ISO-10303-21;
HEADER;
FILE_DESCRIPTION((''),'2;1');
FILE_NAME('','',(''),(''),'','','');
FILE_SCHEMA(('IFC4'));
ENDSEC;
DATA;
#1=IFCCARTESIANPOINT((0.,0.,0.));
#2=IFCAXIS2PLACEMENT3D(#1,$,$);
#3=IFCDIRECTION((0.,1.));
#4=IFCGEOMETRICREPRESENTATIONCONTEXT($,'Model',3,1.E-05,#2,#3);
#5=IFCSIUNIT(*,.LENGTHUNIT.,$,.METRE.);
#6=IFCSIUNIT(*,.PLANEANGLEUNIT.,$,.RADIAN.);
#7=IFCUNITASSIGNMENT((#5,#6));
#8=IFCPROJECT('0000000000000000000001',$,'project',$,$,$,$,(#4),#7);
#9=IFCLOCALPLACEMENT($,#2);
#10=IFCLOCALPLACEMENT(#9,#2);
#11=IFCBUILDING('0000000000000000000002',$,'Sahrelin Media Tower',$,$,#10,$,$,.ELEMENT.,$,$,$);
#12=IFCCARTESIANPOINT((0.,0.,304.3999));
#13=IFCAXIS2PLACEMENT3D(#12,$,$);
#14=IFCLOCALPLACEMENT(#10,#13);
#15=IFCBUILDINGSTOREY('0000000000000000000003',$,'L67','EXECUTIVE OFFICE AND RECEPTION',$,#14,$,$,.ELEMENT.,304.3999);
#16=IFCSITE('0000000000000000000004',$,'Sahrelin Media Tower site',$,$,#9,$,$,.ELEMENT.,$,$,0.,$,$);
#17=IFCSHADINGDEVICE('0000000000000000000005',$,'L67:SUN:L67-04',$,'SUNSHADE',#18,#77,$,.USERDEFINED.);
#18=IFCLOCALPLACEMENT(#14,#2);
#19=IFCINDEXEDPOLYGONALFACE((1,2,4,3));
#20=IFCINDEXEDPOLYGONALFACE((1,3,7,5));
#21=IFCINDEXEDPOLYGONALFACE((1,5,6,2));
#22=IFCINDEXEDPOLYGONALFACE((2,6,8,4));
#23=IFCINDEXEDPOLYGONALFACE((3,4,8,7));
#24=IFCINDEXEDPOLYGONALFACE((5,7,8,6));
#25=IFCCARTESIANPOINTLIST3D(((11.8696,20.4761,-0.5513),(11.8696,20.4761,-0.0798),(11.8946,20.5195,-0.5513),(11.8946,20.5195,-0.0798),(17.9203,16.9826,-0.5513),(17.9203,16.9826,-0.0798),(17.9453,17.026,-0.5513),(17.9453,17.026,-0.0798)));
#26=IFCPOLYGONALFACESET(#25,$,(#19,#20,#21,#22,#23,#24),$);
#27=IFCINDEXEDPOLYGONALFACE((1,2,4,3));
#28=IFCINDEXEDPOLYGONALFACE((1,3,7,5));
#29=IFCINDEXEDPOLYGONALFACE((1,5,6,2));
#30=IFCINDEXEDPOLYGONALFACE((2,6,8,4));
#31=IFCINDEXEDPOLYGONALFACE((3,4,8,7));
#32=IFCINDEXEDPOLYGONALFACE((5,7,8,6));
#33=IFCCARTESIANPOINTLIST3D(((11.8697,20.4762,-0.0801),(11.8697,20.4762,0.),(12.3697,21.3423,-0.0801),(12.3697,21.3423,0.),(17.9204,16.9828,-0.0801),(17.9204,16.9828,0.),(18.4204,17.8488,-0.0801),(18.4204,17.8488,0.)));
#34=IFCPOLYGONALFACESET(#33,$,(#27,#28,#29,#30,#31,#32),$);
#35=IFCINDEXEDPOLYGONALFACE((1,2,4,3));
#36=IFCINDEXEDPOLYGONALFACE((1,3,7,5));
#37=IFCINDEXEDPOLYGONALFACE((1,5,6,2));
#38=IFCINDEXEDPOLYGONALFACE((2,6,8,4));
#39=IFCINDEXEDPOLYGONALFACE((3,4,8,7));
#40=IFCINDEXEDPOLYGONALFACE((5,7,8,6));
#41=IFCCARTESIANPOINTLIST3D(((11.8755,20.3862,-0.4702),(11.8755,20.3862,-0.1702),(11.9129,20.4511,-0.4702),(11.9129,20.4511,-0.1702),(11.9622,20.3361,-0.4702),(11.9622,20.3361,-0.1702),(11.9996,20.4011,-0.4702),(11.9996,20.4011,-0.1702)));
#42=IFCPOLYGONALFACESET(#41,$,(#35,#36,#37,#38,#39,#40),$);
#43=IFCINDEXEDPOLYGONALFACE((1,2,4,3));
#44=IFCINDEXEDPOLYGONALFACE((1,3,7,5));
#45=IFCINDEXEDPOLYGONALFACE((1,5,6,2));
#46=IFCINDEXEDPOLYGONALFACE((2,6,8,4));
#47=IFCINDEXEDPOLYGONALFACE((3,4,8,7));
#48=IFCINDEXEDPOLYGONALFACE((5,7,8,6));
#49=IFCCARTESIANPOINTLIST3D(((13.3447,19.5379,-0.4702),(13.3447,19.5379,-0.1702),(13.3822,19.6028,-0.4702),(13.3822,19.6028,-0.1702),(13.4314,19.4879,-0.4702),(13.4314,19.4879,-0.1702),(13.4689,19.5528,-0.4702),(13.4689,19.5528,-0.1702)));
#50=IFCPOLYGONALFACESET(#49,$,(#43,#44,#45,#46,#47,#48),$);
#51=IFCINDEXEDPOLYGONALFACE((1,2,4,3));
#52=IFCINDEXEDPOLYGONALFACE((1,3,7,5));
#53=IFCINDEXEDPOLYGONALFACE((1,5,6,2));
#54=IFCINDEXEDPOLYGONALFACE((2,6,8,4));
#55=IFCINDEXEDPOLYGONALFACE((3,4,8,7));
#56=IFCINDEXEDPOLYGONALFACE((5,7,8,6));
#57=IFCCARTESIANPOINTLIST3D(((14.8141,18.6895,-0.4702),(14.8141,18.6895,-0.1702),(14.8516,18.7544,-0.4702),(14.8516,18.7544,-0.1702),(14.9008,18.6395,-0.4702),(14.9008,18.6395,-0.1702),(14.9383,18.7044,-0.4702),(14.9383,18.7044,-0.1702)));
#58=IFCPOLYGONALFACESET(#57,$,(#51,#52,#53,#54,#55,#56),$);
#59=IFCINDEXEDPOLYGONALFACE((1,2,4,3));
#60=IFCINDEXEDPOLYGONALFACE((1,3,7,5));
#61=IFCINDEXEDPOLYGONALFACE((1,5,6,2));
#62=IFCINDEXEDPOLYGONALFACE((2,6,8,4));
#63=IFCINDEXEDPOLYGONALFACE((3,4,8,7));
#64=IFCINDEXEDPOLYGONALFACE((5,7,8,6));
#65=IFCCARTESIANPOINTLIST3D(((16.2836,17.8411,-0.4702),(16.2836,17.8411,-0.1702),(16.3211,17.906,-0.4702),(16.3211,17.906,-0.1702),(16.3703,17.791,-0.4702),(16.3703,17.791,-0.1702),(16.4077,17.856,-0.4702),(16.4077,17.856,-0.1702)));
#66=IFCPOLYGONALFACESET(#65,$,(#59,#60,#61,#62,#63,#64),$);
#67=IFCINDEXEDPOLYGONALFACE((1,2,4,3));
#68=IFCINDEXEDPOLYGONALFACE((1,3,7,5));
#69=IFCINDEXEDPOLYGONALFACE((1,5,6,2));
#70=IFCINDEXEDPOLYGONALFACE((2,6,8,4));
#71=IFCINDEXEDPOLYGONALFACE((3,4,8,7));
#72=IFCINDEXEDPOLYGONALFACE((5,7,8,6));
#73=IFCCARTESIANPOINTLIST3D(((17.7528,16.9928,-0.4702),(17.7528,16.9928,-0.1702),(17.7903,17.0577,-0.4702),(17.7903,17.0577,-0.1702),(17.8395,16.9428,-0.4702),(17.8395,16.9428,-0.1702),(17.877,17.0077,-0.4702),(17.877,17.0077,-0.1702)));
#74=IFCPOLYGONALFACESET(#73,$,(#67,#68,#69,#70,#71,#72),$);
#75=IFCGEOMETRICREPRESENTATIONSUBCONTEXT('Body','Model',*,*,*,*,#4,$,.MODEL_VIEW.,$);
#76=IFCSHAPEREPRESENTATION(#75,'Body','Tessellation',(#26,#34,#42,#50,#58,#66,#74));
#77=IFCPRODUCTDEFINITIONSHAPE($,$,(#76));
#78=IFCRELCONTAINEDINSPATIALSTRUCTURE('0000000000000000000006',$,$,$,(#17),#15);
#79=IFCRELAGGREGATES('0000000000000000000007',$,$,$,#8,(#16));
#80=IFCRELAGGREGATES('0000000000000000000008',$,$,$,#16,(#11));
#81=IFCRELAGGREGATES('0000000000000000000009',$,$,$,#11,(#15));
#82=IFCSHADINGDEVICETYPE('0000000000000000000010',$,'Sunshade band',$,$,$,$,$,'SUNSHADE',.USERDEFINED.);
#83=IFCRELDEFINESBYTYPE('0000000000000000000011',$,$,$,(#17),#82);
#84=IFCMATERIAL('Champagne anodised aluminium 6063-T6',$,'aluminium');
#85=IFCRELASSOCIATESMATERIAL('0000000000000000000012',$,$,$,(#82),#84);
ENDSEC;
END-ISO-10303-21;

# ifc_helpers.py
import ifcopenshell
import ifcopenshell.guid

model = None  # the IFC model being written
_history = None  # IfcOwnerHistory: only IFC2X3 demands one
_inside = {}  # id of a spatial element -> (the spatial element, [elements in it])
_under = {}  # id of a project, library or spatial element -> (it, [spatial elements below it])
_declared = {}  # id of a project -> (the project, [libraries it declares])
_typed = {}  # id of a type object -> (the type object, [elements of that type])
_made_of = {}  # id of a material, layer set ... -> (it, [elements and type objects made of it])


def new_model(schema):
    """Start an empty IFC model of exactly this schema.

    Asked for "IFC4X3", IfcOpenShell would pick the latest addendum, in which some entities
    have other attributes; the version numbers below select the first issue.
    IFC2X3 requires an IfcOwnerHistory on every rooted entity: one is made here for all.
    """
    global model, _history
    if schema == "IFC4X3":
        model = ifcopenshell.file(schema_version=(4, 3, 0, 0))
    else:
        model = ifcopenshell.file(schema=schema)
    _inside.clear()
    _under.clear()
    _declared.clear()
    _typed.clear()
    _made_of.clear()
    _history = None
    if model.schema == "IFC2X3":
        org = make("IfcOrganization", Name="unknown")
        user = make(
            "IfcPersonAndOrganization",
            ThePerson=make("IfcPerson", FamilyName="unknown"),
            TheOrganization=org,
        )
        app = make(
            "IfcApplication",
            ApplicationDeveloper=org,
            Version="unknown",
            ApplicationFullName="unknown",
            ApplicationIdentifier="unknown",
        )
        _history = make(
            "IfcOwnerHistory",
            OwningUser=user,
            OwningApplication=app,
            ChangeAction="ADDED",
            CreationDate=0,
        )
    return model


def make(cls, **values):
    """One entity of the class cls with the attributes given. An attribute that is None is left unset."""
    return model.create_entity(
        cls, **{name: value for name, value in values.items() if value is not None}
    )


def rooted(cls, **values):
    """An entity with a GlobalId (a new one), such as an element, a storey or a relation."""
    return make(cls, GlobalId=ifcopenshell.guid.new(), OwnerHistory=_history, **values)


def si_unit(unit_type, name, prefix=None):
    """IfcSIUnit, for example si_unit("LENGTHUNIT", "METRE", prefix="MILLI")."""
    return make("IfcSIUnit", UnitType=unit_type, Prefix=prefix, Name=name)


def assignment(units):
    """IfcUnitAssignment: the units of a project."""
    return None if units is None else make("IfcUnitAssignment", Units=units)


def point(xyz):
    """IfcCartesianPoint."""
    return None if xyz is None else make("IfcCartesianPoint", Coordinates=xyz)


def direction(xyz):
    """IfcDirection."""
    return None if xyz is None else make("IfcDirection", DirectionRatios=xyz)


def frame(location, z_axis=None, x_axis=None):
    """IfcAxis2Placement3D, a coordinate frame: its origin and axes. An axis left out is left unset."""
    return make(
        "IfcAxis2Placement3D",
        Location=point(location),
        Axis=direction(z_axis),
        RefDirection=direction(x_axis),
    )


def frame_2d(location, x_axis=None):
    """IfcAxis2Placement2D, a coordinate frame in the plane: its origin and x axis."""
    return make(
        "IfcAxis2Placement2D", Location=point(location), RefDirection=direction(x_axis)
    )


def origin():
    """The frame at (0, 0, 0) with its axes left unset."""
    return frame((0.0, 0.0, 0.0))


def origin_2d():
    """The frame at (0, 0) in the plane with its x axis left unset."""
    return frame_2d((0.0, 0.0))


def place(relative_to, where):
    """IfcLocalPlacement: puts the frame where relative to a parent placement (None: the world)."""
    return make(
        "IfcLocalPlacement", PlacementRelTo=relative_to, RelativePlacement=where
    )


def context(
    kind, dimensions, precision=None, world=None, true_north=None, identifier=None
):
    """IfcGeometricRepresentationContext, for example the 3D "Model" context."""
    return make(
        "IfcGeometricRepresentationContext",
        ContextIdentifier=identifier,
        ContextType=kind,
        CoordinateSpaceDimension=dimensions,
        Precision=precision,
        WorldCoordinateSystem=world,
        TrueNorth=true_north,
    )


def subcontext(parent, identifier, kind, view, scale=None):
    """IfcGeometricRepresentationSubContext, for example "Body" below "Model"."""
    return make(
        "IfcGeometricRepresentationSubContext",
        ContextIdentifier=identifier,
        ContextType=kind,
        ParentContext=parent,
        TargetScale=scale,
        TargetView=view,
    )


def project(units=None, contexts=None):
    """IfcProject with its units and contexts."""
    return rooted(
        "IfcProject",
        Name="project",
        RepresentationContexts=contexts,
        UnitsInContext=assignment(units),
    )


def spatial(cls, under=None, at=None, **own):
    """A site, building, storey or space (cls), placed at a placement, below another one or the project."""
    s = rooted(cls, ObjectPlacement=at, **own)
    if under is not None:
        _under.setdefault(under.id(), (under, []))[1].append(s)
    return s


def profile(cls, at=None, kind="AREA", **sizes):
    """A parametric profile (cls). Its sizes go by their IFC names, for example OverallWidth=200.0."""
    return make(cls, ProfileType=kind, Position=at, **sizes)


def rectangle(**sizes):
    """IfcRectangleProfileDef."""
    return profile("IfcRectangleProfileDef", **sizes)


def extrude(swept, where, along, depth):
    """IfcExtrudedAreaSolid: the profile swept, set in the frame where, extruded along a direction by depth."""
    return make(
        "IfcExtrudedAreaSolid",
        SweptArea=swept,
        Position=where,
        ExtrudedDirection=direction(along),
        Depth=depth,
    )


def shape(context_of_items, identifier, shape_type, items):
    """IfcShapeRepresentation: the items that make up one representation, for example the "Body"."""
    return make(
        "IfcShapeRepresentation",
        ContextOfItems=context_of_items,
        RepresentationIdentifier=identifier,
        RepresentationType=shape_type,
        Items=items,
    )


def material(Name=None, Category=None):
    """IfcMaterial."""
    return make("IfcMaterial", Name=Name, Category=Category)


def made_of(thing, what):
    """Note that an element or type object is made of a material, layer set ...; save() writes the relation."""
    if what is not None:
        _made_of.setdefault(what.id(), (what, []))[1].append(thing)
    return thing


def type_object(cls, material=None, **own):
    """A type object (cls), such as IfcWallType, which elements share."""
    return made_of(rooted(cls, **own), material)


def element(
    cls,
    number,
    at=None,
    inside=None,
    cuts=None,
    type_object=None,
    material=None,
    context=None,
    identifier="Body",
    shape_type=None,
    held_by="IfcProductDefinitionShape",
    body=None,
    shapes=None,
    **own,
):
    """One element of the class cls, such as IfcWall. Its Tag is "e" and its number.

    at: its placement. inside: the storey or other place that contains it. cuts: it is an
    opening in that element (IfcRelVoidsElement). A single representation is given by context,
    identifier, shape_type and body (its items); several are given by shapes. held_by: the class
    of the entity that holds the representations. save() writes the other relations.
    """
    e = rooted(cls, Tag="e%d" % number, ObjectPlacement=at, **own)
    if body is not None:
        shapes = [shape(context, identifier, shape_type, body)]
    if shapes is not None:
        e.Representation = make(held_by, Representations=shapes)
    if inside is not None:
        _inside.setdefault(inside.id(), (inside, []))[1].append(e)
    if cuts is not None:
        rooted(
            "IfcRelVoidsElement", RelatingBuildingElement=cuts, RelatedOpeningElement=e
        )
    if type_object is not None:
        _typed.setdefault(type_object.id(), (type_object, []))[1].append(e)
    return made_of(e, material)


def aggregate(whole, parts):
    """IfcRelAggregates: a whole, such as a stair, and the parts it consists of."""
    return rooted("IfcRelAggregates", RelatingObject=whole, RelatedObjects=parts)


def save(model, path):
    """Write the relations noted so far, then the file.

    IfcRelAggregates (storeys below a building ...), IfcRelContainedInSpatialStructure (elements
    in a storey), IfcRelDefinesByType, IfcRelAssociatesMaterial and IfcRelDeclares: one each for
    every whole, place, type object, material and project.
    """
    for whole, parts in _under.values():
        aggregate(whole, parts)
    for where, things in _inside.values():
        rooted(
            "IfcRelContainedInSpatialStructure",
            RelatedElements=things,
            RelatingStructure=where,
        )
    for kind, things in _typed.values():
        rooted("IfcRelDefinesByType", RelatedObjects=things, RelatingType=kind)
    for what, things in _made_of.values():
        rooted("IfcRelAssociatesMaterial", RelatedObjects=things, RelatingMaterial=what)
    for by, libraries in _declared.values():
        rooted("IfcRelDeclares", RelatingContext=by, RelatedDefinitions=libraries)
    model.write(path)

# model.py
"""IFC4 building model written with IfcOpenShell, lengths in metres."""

from ifc_helpers import new_model, si_unit, direction, frame, origin, origin_2d, place, context, subcontext, project, spatial, rectangle, extrude, material, type_object, element, save


model = new_model("IFC4")

# Units and contexts
model_context = context("Model", 3, precision=1e-05, world=origin(), true_north=direction((0.0, 1.0)))
body_context = subcontext(model_context, "Body", "Model", "MODEL_VIEW")
ifc_project = project(units=[si_unit("LENGTHUNIT", "METRE"), si_unit("PLANEANGLEUNIT", "RADIAN")], contexts=[model_context])

# Site, building, storey
site_placement = place(None, origin())
site = spatial("IfcSite", under=ifc_project, at=site_placement, Name="Sahrelin Media Tower site", CompositionType="ELEMENT", RefElevation=0.0)
building_placement = place(site_placement, origin())
building = spatial("IfcBuilding", under=site, at=building_placement, Name="Sahrelin Media Tower", CompositionType="ELEMENT")
storey_placement = place(building_placement, frame((0.0, 0.0, 304.3999)))
storey = spatial("IfcBuildingStorey", under=building, at=storey_placement, Name="L67", Description="EXECUTIVE OFFICE AND RECEPTION", CompositionType="ELEMENT", Elevation=304.3999)

# Shared definitions
ifc_material_1 = material(Name="Champagne anodised aluminium 6063-T6", Category="aluminium")

# Shading device
placement_1 = place(storey_placement, frame((14.885, 18.7122, 0.0), z_axis=(0.0, 0.0, 1.0), x_axis=(0.866019, -0.500011, 0.0)))
shading_device_type_1 = type_object("IfcShadingDeviceType", Name="Sunshade band", ElementType="SUNSHADE", PredefinedType="USERDEFINED", material=ifc_material_1)
element("IfcShadingDevice", 1, at=placement_1, inside=storey, type_object=shading_device_type_1, Name="L67:SUN:L67-04", ObjectType="SUNSHADE", PredefinedType="USERDEFINED", context=body_context, shape_type="SweptSolid", body=[
    extrude(rectangle(XDim=6.9868, YDim=0.05, at=origin_2d()), frame((0.0, 0.0449, -0.5513)), (0.0, 0.0, 1.0), 0.4714),
    extrude(rectangle(XDim=6.9868, YDim=1.0, at=origin_2d()), frame((0.0, 0.52, -0.0801)), (0.0, 0.0, 1.0), 0.0801),
    extrude(rectangle(XDim=0.1001, YDim=0.075, at=origin_2d()), frame((-3.3933, -0.0176, -0.4702)), (0.0, 0.0, 1.0), 0.3),
    extrude(rectangle(XDim=0.1001, YDim=0.075, at=origin_2d()), frame((-1.6968, -0.0176, -0.4702)), (0.0, 0.0, 1.0), 0.3),
    extrude(rectangle(XDim=0.1001, YDim=0.075, at=origin_2d()), frame((0.0, -0.0176, -0.4702)), (0.0, 0.0, 1.0), 0.3),
    extrude(rectangle(XDim=0.1001, YDim=0.075, at=origin_2d()), frame((1.6968, -0.0176, -0.4702)), (0.0, 0.0, 1.0), 0.3),
    extrude(rectangle(XDim=0.1001, YDim=0.075, at=origin_2d()), frame((3.3933, -0.0176, -0.4702)), (0.0, 0.0, 1.0), 0.3),
])

save(model, "model.ifc")
